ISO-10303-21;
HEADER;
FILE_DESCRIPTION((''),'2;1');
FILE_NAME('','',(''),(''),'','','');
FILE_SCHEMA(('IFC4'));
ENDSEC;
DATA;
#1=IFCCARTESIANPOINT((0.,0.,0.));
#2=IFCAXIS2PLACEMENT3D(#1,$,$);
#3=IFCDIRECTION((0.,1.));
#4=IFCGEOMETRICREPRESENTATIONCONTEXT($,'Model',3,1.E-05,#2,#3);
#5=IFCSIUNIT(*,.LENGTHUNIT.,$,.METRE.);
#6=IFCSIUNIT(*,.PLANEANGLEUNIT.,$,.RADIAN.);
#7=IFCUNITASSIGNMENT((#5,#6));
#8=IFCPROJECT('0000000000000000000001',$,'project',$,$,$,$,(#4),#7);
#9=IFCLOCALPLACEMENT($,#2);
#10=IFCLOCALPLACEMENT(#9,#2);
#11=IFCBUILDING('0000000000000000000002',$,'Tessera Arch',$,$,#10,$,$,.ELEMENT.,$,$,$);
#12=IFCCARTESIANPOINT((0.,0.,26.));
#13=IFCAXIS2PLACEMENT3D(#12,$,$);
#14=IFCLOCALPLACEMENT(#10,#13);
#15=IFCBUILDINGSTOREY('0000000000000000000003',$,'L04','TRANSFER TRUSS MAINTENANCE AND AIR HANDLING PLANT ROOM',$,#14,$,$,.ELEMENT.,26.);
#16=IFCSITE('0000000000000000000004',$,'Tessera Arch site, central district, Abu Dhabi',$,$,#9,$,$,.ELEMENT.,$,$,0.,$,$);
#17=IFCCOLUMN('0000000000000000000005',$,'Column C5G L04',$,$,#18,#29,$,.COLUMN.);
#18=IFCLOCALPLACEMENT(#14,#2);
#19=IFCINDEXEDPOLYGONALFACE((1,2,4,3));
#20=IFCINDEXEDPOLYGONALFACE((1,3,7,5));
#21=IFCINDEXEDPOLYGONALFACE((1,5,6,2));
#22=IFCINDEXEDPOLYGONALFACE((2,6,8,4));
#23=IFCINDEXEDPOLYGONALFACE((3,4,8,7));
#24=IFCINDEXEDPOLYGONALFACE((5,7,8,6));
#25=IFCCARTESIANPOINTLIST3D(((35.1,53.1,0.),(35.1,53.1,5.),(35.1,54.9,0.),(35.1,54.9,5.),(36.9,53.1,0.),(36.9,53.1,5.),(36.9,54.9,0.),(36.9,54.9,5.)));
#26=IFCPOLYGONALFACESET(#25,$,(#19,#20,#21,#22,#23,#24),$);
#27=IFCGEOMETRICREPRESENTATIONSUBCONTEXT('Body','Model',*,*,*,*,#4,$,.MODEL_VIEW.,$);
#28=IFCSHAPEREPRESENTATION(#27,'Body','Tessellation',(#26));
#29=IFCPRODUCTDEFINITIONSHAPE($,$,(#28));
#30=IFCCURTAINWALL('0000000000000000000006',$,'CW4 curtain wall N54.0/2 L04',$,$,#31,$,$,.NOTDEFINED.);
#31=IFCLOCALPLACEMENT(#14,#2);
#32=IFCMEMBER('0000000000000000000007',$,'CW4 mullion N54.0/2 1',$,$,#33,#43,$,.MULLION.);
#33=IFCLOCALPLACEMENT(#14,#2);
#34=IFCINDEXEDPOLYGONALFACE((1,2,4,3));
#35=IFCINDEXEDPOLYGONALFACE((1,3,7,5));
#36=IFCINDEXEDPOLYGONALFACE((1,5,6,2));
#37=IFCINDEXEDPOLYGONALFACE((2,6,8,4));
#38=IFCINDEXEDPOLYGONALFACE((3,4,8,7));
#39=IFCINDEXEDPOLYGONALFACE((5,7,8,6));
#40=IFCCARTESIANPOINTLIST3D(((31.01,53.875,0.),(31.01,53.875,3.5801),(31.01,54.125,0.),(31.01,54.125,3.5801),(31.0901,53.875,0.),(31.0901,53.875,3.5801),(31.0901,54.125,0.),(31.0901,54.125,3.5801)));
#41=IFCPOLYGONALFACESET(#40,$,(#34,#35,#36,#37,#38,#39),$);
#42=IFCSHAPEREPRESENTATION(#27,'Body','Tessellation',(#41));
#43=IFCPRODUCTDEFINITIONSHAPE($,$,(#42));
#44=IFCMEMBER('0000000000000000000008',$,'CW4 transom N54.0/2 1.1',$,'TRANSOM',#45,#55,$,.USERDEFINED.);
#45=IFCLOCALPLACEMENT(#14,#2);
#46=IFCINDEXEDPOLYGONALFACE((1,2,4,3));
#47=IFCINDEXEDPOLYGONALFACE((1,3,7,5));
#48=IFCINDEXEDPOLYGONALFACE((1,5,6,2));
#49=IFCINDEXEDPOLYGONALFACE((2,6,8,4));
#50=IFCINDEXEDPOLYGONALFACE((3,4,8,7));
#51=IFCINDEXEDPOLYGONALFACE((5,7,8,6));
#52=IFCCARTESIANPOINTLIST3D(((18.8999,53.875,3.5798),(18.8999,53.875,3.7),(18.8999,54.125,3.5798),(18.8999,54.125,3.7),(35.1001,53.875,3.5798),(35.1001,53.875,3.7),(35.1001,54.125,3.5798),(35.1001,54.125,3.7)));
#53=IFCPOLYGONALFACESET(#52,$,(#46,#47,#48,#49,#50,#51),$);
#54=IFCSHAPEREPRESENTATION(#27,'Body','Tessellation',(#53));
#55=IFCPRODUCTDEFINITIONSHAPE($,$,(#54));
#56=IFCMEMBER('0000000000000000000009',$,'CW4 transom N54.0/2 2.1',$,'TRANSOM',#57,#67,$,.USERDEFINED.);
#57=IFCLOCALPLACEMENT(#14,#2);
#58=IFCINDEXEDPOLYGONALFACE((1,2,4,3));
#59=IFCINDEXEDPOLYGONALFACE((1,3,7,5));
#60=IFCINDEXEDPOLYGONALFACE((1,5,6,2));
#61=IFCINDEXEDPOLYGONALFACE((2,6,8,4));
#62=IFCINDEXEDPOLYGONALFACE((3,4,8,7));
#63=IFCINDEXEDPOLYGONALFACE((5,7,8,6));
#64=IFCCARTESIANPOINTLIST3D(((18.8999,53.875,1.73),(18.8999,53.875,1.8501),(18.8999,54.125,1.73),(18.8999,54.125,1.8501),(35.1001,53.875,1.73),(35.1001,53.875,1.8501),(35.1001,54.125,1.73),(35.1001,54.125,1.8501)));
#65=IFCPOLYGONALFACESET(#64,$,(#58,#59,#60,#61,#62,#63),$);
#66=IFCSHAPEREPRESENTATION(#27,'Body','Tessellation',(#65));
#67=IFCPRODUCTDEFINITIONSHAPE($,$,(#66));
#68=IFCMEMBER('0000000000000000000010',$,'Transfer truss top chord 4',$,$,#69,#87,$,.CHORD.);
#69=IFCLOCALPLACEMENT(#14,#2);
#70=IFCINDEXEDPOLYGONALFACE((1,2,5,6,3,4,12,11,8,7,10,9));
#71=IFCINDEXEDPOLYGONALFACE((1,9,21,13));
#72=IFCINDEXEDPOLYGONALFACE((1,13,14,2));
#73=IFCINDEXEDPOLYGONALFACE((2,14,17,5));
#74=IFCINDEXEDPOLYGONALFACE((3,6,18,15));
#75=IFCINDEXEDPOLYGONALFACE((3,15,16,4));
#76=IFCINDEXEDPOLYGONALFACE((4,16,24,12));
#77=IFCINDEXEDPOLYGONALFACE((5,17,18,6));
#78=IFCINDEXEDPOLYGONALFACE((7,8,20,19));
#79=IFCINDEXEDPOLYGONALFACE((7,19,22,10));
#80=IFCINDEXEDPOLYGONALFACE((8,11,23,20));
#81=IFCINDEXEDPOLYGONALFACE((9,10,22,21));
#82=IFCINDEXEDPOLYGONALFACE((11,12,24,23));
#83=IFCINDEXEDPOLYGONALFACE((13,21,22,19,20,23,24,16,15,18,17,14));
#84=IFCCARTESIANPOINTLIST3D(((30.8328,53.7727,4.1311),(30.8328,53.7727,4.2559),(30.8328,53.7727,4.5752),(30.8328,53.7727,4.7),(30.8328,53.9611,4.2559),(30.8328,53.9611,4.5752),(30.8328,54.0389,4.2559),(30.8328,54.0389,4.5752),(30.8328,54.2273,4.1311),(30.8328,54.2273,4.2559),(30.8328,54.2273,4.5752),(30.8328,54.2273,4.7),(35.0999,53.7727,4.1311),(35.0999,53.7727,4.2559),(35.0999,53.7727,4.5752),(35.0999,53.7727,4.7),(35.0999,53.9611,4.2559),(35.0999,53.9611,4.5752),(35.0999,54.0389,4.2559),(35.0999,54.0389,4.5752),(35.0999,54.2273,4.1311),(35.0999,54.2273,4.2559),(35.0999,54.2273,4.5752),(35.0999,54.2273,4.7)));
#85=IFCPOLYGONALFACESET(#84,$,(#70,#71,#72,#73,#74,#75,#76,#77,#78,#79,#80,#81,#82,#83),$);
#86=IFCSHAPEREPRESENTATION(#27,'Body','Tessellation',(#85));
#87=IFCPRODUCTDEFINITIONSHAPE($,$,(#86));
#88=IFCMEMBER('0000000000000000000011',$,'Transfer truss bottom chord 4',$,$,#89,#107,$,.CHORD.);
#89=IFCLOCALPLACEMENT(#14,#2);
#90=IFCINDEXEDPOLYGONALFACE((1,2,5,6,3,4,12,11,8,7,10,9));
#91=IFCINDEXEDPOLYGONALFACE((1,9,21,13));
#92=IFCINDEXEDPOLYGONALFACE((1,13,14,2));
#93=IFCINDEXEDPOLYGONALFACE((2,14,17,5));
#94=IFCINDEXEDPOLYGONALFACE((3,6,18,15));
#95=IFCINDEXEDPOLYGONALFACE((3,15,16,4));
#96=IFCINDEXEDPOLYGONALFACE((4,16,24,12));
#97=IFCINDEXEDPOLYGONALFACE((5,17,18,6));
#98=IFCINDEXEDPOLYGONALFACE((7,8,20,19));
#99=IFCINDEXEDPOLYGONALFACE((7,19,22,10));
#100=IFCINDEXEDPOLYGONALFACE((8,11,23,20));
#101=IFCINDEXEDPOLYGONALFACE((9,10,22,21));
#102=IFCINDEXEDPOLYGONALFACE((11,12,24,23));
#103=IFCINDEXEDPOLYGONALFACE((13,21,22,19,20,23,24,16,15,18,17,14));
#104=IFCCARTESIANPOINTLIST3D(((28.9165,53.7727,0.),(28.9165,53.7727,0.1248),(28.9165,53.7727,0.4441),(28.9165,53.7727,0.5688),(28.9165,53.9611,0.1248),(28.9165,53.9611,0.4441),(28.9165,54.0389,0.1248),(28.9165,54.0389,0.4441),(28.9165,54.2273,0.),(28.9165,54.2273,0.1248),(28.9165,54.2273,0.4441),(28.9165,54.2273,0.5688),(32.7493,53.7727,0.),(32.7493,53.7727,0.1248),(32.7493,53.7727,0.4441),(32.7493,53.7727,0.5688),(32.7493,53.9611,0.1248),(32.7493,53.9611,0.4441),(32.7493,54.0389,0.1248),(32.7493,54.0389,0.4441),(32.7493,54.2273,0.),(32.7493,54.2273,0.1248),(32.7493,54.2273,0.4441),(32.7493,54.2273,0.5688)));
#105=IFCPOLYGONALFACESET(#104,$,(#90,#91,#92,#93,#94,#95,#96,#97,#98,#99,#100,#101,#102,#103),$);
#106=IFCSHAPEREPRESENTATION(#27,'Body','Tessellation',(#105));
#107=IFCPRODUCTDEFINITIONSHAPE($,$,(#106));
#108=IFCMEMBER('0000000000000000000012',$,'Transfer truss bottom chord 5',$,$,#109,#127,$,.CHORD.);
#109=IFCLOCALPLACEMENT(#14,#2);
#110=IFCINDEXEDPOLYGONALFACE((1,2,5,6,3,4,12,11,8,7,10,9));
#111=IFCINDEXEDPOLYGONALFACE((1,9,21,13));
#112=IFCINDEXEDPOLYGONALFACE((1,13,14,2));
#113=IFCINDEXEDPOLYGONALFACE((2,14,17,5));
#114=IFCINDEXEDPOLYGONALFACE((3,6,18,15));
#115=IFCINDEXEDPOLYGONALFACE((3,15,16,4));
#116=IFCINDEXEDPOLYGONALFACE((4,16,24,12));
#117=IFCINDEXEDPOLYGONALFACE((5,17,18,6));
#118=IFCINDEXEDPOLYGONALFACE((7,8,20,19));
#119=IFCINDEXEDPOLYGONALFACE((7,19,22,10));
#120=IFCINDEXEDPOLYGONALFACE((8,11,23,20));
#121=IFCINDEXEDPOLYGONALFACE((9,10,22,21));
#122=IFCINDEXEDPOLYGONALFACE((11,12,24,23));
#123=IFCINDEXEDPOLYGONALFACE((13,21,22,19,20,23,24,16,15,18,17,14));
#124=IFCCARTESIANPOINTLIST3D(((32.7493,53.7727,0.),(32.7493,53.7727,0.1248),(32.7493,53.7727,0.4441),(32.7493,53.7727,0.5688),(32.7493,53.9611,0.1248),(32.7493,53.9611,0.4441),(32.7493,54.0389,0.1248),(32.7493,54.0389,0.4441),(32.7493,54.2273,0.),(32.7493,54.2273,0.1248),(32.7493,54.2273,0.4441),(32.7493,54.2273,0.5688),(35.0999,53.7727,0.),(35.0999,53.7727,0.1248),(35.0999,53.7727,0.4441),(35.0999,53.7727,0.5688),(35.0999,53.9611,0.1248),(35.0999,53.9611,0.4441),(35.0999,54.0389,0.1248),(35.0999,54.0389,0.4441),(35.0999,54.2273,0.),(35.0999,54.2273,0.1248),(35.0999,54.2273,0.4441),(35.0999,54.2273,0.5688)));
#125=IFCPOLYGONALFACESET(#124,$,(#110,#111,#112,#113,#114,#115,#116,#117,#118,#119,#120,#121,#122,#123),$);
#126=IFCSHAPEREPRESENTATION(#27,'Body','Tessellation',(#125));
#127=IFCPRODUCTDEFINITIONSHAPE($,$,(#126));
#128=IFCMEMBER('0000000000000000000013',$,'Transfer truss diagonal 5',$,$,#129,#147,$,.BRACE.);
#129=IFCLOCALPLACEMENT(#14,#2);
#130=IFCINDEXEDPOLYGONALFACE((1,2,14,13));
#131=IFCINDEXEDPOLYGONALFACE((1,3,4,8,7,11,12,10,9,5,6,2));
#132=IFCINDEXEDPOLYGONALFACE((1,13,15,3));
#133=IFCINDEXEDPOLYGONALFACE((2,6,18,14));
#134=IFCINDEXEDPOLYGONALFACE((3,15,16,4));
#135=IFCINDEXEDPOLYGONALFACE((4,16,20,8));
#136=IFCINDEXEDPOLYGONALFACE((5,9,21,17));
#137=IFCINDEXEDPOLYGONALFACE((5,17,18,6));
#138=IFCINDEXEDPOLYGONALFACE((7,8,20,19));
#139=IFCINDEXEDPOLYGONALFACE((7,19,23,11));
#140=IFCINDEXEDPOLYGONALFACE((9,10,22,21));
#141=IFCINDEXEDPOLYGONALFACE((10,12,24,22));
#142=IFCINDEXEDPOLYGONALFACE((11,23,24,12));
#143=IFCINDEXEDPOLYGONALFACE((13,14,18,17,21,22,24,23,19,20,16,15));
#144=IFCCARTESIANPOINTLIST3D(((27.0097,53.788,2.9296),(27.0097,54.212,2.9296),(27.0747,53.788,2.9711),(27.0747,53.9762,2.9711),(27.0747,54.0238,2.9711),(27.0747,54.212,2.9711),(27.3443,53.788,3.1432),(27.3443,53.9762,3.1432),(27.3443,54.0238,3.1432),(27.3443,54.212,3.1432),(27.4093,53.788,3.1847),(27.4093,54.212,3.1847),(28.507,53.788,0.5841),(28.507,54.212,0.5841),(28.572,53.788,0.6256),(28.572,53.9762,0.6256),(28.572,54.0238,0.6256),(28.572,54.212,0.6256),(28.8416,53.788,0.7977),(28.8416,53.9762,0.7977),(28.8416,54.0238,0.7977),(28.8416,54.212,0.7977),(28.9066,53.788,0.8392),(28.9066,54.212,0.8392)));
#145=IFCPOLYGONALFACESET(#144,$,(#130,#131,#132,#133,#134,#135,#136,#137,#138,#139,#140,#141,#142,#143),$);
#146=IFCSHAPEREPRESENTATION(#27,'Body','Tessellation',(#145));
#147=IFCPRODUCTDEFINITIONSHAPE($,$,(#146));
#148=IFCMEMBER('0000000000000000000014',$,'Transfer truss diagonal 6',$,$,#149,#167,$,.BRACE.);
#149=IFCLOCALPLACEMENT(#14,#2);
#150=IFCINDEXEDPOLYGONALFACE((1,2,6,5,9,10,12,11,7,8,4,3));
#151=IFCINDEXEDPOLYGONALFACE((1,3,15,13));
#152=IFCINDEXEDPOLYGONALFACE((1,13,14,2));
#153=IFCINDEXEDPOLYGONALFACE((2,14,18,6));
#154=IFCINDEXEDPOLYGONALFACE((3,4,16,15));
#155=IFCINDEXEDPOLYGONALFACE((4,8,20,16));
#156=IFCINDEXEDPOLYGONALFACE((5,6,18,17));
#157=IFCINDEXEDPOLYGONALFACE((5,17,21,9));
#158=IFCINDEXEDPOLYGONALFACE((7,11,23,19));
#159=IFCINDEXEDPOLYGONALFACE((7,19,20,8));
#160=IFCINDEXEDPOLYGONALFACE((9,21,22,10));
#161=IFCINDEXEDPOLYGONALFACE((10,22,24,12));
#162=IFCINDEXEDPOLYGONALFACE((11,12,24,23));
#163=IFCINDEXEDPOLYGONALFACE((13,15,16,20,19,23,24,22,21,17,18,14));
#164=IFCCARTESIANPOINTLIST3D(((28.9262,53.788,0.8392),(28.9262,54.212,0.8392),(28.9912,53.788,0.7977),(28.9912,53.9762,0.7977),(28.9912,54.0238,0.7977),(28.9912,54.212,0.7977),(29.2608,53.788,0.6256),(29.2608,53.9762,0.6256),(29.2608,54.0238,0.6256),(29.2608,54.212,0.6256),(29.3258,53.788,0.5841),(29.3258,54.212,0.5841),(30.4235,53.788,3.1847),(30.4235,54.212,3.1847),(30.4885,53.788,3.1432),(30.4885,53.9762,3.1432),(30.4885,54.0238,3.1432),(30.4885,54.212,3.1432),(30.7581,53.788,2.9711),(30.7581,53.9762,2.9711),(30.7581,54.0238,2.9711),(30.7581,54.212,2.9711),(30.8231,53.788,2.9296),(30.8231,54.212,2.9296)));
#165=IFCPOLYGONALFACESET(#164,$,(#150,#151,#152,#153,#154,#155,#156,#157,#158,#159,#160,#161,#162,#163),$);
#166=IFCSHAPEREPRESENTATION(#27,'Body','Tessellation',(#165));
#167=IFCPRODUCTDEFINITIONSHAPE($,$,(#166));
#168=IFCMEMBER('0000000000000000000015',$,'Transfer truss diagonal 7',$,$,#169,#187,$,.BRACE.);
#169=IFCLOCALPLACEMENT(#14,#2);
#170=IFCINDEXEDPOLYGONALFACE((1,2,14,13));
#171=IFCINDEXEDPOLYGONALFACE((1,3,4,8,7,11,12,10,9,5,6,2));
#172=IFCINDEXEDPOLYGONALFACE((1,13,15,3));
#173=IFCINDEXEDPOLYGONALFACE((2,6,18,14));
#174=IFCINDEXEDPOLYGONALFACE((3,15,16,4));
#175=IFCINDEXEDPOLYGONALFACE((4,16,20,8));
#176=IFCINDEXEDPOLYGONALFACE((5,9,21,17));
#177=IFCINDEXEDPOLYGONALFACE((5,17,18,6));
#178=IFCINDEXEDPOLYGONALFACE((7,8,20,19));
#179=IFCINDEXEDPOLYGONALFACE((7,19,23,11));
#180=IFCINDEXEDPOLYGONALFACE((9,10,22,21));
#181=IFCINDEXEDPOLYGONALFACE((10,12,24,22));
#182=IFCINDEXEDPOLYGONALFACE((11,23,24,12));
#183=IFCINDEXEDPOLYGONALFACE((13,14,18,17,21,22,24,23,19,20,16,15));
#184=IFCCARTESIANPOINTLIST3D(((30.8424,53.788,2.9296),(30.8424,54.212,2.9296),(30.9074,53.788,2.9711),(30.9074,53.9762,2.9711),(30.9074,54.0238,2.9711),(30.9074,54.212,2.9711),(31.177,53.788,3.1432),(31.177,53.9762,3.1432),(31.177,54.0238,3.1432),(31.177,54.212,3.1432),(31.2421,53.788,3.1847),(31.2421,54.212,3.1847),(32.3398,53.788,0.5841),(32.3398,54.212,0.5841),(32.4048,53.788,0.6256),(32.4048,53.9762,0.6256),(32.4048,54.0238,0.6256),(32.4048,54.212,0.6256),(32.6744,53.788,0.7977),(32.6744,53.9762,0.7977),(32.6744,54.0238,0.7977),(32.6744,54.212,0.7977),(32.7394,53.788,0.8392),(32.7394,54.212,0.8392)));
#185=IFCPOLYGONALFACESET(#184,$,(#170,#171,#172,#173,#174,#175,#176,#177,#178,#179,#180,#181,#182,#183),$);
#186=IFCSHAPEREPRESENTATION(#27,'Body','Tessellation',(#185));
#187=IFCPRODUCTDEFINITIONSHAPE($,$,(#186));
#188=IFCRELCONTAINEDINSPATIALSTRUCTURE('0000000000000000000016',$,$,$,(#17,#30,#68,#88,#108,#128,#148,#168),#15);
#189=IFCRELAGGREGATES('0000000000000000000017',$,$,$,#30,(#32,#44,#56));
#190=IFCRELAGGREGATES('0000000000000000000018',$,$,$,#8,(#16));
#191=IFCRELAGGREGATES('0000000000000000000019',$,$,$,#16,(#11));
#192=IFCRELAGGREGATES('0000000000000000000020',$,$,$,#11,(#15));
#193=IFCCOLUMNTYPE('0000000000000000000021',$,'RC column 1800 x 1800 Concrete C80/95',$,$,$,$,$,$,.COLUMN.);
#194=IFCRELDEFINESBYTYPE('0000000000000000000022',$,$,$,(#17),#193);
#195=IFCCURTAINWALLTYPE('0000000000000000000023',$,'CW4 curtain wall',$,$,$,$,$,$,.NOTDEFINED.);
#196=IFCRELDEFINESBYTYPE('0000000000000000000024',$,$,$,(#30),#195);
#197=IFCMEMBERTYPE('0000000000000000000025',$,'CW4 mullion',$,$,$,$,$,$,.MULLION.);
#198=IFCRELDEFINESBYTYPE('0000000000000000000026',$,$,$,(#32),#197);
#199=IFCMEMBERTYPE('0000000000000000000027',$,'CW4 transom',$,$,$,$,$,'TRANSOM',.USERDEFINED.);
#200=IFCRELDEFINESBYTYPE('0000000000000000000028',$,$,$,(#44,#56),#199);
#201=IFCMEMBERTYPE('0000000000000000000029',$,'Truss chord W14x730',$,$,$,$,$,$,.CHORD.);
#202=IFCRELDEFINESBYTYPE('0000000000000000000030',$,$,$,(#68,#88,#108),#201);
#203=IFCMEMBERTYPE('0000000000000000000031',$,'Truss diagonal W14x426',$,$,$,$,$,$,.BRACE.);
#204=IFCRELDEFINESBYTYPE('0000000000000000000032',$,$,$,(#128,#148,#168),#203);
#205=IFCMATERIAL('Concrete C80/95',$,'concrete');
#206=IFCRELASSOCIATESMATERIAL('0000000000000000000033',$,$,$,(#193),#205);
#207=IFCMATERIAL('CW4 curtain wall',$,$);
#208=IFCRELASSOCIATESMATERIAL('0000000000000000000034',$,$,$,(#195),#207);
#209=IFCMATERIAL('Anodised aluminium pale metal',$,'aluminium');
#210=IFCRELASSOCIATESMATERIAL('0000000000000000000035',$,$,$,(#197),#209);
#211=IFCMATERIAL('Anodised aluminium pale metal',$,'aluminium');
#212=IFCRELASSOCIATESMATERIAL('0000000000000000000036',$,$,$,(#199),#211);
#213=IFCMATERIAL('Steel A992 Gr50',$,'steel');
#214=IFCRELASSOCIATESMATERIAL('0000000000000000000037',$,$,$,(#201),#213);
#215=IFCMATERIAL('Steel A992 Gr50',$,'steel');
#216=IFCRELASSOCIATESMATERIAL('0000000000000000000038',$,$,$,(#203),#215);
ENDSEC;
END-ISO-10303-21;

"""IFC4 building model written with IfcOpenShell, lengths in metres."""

from ifc_helpers import new_model, si_unit, direction, frame, origin, origin_2d, place, context, subcontext, project, spatial, rectangle, i_section, extrude, material, material_profile, profile_set, type_object, element, aggregate, save


model = new_model("IFC4")

# Units and contexts
model_context = context("Model", 3, precision=1e-05, world=origin(), true_north=direction((0.0, 1.0)))
body_context = subcontext(model_context, "Body", "Model", "MODEL_VIEW")
ifc_project = project(units=[si_unit("LENGTHUNIT", "METRE"), si_unit("PLANEANGLEUNIT", "RADIAN")], contexts=[model_context])

# Site, building, storey
site_placement = place(None, origin())
site = spatial("IfcSite", under=ifc_project, at=site_placement, Name="Tessera Arch site, central district, Abu Dhabi", CompositionType="ELEMENT", RefElevation=0.0)
building_placement = place(site_placement, origin())
building = spatial("IfcBuilding", under=site, at=building_placement, Name="Tessera Arch", CompositionType="ELEMENT")
storey_placement = place(building_placement, frame((0.0, 0.0, 26.0)))
storey = spatial("IfcBuildingStorey", under=building, at=storey_placement, Name="L04", Description="TRANSFER TRUSS MAINTENANCE AND AIR HANDLING PLANT ROOM", CompositionType="ELEMENT", Elevation=26.0)

# Column
ifc_material_1 = material(Name="Concrete C80/95", Category="concrete")
ifc_material_profile_1 = material_profile(ifc_material_1, rectangle(XDim=1.8, YDim=1.8, at=origin_2d()), Name="RC column 1800 x 1800 Concrete C80/95")
ifc_profile_set_1 = profile_set([ifc_material_profile_1], Name="Concrete C80/95")
column_type = type_object("IfcColumnType", Name="RC column 1800 x 1800 Concrete C80/95", PredefinedType="COLUMN", material=ifc_profile_set_1)
column_placement = place(storey_placement, frame((36.0, 54.0, 0.0), z_axis=(0.0, 0.0, 1.0), x_axis=(1.0, 0.0, 0.0)))
element("IfcColumn", 1, at=column_placement, inside=storey, type_object=column_type, Name="Column C5G L04", PredefinedType="COLUMN", context=body_context, shape_type="SweptSolid", body=[
    extrude(rectangle(XDim=1.8, YDim=1.8, at=origin_2d()), origin(), (0.0, 0.0, 1.0), 5.0),
])

# Curtain wall, members
ifc_material_2 = material(Name="CW4 curtain wall")
curtain_wall_type_1 = type_object("IfcCurtainWallType", Name="CW4 curtain wall", PredefinedType="NOTDEFINED", material=ifc_material_2)
curtain_wall_1_placement = place(storey_placement, origin())
curtain_wall_1 = element("IfcCurtainWall", 2, at=curtain_wall_1_placement, inside=storey, type_object=curtain_wall_type_1, Name="CW4 curtain wall N54.0/2 L04", PredefinedType="NOTDEFINED")
ifc_material_3 = material(Name="Anodised aluminium pale metal", Category="aluminium")
ifc_material_profile_2 = material_profile(ifc_material_3, rectangle(XDim=0.25, YDim=0.0801, at=origin_2d()), Name="AL 80x250")
ifc_profile_set_2 = profile_set([ifc_material_profile_2], Name="Anodised aluminium pale metal")
member_type_1 = type_object("IfcMemberType", Name="CW4 mullion", PredefinedType="MULLION", material=ifc_profile_set_2)
member_1_placement = place(storey_placement, frame((31.05, 54.0, 0.0), z_axis=(0.0, 0.0, 1.0), x_axis=(0.0, -1.0, 0.0)))
member_1 = element("IfcMember", 3, at=member_1_placement, type_object=member_type_1, Name="CW4 mullion N54.0/2 1", PredefinedType="MULLION", context=body_context, shape_type="SweptSolid", body=[
    extrude(rectangle(XDim=0.25, YDim=0.0801, at=origin_2d()), origin(), (0.0, 0.0, 1.0), 3.5801),
])
ifc_material_4 = material(Name="Anodised aluminium pale metal", Category="aluminium")
ifc_material_profile_3 = material_profile(ifc_material_4, rectangle(XDim=0.25, YDim=0.1201, at=origin_2d()), Name="AL 250x120")
ifc_profile_set_3 = profile_set([ifc_material_profile_3], Name="Anodised aluminium pale metal")
member_type_2 = type_object("IfcMemberType", Name="CW4 transom", ElementType="TRANSOM", PredefinedType="USERDEFINED", material=ifc_profile_set_3)
member_2_placement = place(storey_placement, frame((35.1001, 54.0, 3.6399), z_axis=(-1.0, 0.0, 0.0), x_axis=(0.0, -1.0, 0.0)))
member_2 = element("IfcMember", 4, at=member_2_placement, type_object=member_type_2, Name="CW4 transom N54.0/2 1.1", ObjectType="TRANSOM", PredefinedType="USERDEFINED", context=body_context, shape_type="SweptSolid", body=[
    extrude(rectangle(XDim=0.25, YDim=0.1201, at=origin_2d()), origin(), (0.0, 0.0, 1.0), 16.2002),
])
member_3_placement = place(storey_placement, frame((35.1001, 54.0, 1.79), z_axis=(-1.0, 0.0, 0.0), x_axis=(0.0, -1.0, 0.0)))
member_3 = element("IfcMember", 5, at=member_3_placement, type_object=member_type_2, Name="CW4 transom N54.0/2 2.1", ObjectType="TRANSOM", PredefinedType="USERDEFINED", context=body_context, shape_type="SweptSolid", body=[
    extrude(rectangle(XDim=0.25, YDim=0.1201, at=origin_2d()), origin(), (0.0, 0.0, 1.0), 16.2002),
])

# Members
ifc_material_5 = material(Name="Steel A992 Gr50", Category="steel")
ifc_material_profile_4 = material_profile(ifc_material_5, i_section(OverallWidth=0.4546, OverallDepth=0.5688, WebThickness=0.0779, FlangeThickness=0.1248, at=origin_2d()), Name="W14x730")
ifc_profile_set_4 = profile_set([ifc_material_profile_4], Name="Steel A992 Gr50")
member_type_3 = type_object("IfcMemberType", Name="Truss chord W14x730", PredefinedType="CHORD", material=ifc_profile_set_4)
member_4_placement = place(storey_placement, frame((30.8328, 54.0, 4.4155), z_axis=(1.0, 0.0, 0.0), x_axis=(0.0, 1.0, 0.0)))
element("IfcMember", 6, at=member_4_placement, inside=storey, type_object=member_type_3, Name="Transfer truss top chord 4", PredefinedType="CHORD", context=body_context, shape_type="SweptSolid", body=[
    extrude(i_section(OverallWidth=0.4546, OverallDepth=0.5688, WebThickness=0.0779, FlangeThickness=0.1248, at=origin_2d()), origin(), (0.0, 0.0, 1.0), 4.2671),
])
member_5_placement = place(storey_placement, frame((28.9165, 54.0, 0.2844), z_axis=(1.0, 0.0, 0.0), x_axis=(0.0, 1.0, 0.0)))
element("IfcMember", 7, at=member_5_placement, inside=storey, type_object=member_type_3, Name="Transfer truss bottom chord 4", PredefinedType="CHORD", context=body_context, shape_type="SweptSolid", body=[
    extrude(i_section(OverallWidth=0.4546, OverallDepth=0.5688, WebThickness=0.0779, FlangeThickness=0.1248, at=origin_2d()), origin(), (0.0, 0.0, 1.0), 3.8328),
])
member_6_placement = place(storey_placement, frame((32.7493, 54.0, 0.2844), z_axis=(1.0, 0.0, 0.0), x_axis=(0.0, 1.0, 0.0)))
element("IfcMember", 8, at=member_6_placement, inside=storey, type_object=member_type_3, Name="Transfer truss bottom chord 5", PredefinedType="CHORD", context=body_context, shape_type="SweptSolid", body=[
    extrude(i_section(OverallWidth=0.4546, OverallDepth=0.5688, WebThickness=0.0779, FlangeThickness=0.1248, at=origin_2d()), origin(), (0.0, 0.0, 1.0), 2.3506),
])
ifc_material_6 = material(Name="Steel A992 Gr50", Category="steel")
ifc_material_profile_5 = material_profile(ifc_material_6, i_section(OverallWidth=0.4241, OverallDepth=0.4741, WebThickness=0.0476, FlangeThickness=0.0771, at=origin_2d()), Name="W14x426")
ifc_profile_set_5 = profile_set([ifc_material_profile_5], Name="Steel A992 Gr50")
member_type_4 = type_object("IfcMemberType", Name="Truss diagonal W14x426", PredefinedType="BRACE", material=ifc_profile_set_5)
for number, where, z_axis, x_axis, name in (
    (9, (27.2095, 54.0, 3.0571), (0.53809, 0.0, -0.842887), (0.0, 1.0, 0.0), "Transfer truss diagonal 5"),
    (10, (29.126, 54.0, 0.7117), (0.53809, 0.0, 0.842887), (0.0, 1.0, 0.0), "Transfer truss diagonal 6"),
    (11, (31.0422, 54.0, 3.0571), (0.53809, 0.0, -0.842887), (0.0, 1.0, 0.0), "Transfer truss diagonal 7"),
):
    element("IfcMember", number, at=place(storey_placement, frame(where, z_axis=z_axis, x_axis=x_axis)), inside=storey, type_object=member_type_4, Name=name, PredefinedType="BRACE", context=body_context, shape_type="SweptSolid", body=[
        extrude(i_section(OverallWidth=0.4241, OverallDepth=0.4741, WebThickness=0.0476, FlangeThickness=0.0771, at=origin_2d()), origin(), (0.0, 0.0, 1.0), 2.7827),
    ])

aggregate(curtain_wall_1, [member_1, member_2, member_3])

save(model, "model.ifc")
